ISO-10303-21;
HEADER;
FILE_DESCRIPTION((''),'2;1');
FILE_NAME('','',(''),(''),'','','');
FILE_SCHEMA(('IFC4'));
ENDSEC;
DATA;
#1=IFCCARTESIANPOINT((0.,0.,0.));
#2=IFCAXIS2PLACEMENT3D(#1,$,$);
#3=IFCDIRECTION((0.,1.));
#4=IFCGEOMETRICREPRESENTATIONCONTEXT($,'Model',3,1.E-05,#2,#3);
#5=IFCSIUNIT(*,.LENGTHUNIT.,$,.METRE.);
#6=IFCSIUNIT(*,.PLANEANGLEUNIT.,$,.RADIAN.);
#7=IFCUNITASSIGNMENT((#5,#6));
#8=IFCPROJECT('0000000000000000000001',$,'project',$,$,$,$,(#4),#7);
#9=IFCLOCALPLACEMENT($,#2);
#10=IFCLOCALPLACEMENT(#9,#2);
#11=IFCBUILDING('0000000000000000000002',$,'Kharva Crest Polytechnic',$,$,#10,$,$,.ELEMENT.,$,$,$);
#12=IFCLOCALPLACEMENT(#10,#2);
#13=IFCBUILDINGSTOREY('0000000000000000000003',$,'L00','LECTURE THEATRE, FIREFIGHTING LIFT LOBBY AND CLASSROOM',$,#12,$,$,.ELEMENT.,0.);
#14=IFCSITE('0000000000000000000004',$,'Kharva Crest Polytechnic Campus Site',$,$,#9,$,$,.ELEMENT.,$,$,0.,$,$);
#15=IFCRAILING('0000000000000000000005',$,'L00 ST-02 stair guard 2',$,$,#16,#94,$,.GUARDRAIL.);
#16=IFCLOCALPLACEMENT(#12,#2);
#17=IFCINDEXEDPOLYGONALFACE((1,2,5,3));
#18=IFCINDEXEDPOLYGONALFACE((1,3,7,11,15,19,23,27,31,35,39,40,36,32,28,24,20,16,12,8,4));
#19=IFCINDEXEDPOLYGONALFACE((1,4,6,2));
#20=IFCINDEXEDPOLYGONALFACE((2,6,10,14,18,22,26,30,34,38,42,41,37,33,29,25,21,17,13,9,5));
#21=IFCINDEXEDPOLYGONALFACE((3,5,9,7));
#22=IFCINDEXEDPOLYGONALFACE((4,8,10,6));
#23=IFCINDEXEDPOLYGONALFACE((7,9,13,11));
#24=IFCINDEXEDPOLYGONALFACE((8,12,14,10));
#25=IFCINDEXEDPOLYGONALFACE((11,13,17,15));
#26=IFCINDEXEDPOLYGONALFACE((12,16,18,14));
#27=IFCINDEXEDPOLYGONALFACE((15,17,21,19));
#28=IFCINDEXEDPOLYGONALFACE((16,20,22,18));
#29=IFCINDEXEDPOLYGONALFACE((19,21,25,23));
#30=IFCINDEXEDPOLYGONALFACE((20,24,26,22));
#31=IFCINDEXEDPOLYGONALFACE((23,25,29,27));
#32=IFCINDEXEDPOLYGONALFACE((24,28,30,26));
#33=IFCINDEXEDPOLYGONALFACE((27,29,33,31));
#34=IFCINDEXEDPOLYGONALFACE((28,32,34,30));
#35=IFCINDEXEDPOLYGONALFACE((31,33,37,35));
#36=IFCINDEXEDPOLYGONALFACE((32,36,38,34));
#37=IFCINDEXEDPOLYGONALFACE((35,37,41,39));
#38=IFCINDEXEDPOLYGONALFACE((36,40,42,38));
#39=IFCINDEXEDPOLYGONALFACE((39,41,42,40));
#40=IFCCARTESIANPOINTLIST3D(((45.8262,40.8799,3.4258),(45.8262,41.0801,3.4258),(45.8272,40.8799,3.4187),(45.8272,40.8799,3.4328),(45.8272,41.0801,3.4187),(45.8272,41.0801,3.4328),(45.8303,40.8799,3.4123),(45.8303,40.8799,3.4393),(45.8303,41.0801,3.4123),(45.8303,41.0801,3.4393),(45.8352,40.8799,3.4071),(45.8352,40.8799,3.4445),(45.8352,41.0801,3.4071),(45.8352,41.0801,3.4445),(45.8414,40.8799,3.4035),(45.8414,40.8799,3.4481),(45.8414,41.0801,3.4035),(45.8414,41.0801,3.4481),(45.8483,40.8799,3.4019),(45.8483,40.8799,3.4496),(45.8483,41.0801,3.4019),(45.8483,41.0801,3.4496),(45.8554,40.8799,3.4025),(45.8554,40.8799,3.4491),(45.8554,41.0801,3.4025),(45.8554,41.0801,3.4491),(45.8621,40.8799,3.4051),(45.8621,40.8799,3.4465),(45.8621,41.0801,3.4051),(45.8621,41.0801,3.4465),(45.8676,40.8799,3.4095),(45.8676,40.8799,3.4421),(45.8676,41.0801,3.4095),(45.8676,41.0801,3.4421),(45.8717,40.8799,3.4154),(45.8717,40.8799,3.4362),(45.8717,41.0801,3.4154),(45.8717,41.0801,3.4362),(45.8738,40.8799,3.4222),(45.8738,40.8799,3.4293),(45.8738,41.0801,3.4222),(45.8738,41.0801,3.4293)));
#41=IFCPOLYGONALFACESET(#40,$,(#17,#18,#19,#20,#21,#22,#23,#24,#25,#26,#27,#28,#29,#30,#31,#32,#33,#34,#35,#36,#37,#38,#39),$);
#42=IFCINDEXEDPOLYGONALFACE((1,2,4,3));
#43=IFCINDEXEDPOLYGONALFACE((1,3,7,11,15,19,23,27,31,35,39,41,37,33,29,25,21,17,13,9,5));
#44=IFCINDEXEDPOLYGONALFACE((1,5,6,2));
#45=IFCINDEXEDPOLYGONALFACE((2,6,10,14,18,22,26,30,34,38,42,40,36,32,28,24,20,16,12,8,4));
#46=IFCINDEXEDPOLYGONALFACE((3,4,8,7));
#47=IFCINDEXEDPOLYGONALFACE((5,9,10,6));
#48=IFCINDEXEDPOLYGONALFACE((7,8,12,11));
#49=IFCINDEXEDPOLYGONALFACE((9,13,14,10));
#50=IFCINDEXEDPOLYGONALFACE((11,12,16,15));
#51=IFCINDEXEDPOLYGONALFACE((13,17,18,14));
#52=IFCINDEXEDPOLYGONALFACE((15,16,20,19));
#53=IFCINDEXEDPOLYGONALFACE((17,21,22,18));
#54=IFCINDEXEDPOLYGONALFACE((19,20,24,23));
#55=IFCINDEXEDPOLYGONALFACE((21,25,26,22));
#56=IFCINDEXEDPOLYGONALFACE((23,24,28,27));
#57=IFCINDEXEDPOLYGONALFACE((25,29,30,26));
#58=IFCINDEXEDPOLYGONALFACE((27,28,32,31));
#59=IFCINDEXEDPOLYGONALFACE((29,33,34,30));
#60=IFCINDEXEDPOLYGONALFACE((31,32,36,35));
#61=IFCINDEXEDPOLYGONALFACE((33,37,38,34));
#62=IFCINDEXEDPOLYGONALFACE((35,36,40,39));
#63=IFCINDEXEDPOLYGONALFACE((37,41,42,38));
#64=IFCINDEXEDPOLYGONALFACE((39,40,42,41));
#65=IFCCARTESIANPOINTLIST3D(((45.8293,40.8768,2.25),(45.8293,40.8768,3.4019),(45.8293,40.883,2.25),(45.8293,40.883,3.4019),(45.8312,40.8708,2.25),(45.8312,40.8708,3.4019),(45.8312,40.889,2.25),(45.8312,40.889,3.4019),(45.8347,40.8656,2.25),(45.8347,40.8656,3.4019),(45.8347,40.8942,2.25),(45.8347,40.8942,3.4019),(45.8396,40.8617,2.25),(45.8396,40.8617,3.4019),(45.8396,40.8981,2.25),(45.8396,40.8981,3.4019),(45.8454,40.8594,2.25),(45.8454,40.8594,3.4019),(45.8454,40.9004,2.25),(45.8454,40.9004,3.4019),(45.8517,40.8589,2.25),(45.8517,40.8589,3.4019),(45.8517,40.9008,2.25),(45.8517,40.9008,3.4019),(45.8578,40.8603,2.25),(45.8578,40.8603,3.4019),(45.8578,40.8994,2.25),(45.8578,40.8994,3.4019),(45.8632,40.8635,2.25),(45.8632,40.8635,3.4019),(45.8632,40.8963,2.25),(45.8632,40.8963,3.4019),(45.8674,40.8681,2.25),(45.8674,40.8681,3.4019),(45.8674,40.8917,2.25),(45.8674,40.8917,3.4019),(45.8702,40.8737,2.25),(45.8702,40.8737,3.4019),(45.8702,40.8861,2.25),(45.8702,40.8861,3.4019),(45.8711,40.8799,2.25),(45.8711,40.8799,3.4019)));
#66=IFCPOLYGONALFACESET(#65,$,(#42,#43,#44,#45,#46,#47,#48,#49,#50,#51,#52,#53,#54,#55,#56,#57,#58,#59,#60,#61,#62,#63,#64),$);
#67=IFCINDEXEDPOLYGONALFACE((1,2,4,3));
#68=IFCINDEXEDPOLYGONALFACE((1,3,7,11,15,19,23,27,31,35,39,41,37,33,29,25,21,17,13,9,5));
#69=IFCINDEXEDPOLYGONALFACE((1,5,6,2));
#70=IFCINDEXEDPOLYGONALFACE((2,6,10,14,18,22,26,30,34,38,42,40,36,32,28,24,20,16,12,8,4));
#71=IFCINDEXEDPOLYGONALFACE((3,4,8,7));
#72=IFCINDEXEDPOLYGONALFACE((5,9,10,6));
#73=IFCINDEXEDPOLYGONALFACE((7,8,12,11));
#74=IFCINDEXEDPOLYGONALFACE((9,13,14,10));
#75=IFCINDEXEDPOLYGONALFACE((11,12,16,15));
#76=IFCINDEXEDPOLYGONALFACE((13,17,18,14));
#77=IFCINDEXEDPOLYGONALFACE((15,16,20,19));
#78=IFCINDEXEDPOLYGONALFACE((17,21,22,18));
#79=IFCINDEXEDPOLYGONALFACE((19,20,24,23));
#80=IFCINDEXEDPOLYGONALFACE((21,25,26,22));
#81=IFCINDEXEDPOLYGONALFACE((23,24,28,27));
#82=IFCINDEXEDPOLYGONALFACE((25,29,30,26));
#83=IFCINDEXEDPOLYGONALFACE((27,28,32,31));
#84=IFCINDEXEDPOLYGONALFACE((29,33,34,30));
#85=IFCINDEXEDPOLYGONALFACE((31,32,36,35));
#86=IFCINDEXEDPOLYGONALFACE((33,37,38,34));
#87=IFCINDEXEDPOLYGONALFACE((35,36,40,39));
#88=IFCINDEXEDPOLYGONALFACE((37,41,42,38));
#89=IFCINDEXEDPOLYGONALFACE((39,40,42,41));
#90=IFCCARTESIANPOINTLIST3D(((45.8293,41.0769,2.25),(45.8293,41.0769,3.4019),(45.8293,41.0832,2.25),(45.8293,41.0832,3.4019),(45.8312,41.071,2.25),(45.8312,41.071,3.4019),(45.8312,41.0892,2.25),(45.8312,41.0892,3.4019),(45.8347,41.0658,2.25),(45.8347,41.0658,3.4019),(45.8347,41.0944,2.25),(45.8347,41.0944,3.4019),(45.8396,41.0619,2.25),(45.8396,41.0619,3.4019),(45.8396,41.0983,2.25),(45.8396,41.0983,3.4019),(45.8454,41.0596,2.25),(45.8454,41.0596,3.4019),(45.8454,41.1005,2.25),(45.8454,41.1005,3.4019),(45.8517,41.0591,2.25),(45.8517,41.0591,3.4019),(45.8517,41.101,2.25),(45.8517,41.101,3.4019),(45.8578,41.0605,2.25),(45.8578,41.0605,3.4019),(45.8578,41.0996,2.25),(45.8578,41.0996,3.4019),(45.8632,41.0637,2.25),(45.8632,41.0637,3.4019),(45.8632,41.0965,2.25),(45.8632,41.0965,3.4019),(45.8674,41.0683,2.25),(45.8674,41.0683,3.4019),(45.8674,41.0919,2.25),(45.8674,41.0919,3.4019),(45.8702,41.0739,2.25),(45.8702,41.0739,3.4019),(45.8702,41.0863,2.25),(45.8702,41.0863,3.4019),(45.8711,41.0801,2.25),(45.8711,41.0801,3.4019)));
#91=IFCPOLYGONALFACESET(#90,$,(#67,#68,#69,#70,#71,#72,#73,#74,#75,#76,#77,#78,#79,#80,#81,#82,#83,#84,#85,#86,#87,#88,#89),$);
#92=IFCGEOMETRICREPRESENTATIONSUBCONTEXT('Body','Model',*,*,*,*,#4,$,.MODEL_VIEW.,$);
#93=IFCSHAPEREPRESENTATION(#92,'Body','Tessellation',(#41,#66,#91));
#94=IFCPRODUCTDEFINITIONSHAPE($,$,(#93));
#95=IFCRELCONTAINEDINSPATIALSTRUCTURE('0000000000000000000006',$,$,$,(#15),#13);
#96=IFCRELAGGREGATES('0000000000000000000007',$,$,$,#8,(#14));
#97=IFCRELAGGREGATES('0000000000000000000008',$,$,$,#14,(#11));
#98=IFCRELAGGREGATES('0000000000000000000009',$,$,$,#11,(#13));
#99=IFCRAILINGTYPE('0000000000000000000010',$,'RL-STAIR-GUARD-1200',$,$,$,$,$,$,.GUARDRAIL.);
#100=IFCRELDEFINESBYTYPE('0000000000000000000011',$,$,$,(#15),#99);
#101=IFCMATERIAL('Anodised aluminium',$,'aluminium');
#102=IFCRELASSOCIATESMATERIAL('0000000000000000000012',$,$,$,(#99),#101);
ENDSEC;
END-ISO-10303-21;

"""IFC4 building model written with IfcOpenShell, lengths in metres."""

from ifc_helpers import new_model, si_unit, direction, frame, origin, origin_2d, place, context, subcontext, project, spatial, circle, extrude, material, type_object, element, save


model = new_model("IFC4")

# Units and contexts
model_context = context("Model", 3, precision=1e-05, world=origin(), true_north=direction((0.0, 1.0)))
body_context = subcontext(model_context, "Body", "Model", "MODEL_VIEW")
ifc_project = project(units=[si_unit("LENGTHUNIT", "METRE"), si_unit("PLANEANGLEUNIT", "RADIAN")], contexts=[model_context])

# Site, building, storey
site_placement = place(None, origin())
site = spatial("IfcSite", under=ifc_project, at=site_placement, Name="Kharva Crest Polytechnic Campus Site", CompositionType="ELEMENT", RefElevation=0.0)
building_placement = place(site_placement, origin())
building = spatial("IfcBuilding", under=site, at=building_placement, Name="Kharva Crest Polytechnic", CompositionType="ELEMENT")
storey_placement = place(building_placement, origin())
storey = spatial("IfcBuildingStorey", under=building, at=storey_placement, Name="L00", Description="LECTURE THEATRE, FIREFIGHTING LIFT LOBBY AND CLASSROOM", CompositionType="ELEMENT", Elevation=0.0)

# Shared definitions
ifc_material_1 = material(Name="Anodised aluminium", Category="aluminium")

# Railing
railing_type_1 = type_object("IfcRailingType", Name="RL-STAIR-GUARD-1200", PredefinedType="GUARDRAIL", material=ifc_material_1)
railing_1_placement = place(storey_placement, frame((45.8501, 40.8799, 2.25)))
element("IfcRailing", 1, at=railing_1_placement, inside=storey, type_object=railing_type_1, Name="L00 ST-02 stair guard 2", PredefinedType="GUARDRAIL", context=body_context, shape_type="SweptSolid", body=[
    extrude(circle(Radius=0.0239, at=origin_2d()), frame((0.0, 0.0, 1.1758), z_axis=(0.0, 1.0, 0.0), x_axis=(-1.0, 0.0, 0.0)), (0.0, 0.0, 1.0), 0.2002),
    extrude(circle(Radius=0.021, at=origin_2d()), origin(), (0.0, 0.0, 1.0), 1.1519),
    extrude(circle(Radius=0.021, at=origin_2d()), frame((0.0, 0.2002, 0.0)), (0.0, 0.0, 1.0), 1.1519),
])

save(model, "model.ifc")
